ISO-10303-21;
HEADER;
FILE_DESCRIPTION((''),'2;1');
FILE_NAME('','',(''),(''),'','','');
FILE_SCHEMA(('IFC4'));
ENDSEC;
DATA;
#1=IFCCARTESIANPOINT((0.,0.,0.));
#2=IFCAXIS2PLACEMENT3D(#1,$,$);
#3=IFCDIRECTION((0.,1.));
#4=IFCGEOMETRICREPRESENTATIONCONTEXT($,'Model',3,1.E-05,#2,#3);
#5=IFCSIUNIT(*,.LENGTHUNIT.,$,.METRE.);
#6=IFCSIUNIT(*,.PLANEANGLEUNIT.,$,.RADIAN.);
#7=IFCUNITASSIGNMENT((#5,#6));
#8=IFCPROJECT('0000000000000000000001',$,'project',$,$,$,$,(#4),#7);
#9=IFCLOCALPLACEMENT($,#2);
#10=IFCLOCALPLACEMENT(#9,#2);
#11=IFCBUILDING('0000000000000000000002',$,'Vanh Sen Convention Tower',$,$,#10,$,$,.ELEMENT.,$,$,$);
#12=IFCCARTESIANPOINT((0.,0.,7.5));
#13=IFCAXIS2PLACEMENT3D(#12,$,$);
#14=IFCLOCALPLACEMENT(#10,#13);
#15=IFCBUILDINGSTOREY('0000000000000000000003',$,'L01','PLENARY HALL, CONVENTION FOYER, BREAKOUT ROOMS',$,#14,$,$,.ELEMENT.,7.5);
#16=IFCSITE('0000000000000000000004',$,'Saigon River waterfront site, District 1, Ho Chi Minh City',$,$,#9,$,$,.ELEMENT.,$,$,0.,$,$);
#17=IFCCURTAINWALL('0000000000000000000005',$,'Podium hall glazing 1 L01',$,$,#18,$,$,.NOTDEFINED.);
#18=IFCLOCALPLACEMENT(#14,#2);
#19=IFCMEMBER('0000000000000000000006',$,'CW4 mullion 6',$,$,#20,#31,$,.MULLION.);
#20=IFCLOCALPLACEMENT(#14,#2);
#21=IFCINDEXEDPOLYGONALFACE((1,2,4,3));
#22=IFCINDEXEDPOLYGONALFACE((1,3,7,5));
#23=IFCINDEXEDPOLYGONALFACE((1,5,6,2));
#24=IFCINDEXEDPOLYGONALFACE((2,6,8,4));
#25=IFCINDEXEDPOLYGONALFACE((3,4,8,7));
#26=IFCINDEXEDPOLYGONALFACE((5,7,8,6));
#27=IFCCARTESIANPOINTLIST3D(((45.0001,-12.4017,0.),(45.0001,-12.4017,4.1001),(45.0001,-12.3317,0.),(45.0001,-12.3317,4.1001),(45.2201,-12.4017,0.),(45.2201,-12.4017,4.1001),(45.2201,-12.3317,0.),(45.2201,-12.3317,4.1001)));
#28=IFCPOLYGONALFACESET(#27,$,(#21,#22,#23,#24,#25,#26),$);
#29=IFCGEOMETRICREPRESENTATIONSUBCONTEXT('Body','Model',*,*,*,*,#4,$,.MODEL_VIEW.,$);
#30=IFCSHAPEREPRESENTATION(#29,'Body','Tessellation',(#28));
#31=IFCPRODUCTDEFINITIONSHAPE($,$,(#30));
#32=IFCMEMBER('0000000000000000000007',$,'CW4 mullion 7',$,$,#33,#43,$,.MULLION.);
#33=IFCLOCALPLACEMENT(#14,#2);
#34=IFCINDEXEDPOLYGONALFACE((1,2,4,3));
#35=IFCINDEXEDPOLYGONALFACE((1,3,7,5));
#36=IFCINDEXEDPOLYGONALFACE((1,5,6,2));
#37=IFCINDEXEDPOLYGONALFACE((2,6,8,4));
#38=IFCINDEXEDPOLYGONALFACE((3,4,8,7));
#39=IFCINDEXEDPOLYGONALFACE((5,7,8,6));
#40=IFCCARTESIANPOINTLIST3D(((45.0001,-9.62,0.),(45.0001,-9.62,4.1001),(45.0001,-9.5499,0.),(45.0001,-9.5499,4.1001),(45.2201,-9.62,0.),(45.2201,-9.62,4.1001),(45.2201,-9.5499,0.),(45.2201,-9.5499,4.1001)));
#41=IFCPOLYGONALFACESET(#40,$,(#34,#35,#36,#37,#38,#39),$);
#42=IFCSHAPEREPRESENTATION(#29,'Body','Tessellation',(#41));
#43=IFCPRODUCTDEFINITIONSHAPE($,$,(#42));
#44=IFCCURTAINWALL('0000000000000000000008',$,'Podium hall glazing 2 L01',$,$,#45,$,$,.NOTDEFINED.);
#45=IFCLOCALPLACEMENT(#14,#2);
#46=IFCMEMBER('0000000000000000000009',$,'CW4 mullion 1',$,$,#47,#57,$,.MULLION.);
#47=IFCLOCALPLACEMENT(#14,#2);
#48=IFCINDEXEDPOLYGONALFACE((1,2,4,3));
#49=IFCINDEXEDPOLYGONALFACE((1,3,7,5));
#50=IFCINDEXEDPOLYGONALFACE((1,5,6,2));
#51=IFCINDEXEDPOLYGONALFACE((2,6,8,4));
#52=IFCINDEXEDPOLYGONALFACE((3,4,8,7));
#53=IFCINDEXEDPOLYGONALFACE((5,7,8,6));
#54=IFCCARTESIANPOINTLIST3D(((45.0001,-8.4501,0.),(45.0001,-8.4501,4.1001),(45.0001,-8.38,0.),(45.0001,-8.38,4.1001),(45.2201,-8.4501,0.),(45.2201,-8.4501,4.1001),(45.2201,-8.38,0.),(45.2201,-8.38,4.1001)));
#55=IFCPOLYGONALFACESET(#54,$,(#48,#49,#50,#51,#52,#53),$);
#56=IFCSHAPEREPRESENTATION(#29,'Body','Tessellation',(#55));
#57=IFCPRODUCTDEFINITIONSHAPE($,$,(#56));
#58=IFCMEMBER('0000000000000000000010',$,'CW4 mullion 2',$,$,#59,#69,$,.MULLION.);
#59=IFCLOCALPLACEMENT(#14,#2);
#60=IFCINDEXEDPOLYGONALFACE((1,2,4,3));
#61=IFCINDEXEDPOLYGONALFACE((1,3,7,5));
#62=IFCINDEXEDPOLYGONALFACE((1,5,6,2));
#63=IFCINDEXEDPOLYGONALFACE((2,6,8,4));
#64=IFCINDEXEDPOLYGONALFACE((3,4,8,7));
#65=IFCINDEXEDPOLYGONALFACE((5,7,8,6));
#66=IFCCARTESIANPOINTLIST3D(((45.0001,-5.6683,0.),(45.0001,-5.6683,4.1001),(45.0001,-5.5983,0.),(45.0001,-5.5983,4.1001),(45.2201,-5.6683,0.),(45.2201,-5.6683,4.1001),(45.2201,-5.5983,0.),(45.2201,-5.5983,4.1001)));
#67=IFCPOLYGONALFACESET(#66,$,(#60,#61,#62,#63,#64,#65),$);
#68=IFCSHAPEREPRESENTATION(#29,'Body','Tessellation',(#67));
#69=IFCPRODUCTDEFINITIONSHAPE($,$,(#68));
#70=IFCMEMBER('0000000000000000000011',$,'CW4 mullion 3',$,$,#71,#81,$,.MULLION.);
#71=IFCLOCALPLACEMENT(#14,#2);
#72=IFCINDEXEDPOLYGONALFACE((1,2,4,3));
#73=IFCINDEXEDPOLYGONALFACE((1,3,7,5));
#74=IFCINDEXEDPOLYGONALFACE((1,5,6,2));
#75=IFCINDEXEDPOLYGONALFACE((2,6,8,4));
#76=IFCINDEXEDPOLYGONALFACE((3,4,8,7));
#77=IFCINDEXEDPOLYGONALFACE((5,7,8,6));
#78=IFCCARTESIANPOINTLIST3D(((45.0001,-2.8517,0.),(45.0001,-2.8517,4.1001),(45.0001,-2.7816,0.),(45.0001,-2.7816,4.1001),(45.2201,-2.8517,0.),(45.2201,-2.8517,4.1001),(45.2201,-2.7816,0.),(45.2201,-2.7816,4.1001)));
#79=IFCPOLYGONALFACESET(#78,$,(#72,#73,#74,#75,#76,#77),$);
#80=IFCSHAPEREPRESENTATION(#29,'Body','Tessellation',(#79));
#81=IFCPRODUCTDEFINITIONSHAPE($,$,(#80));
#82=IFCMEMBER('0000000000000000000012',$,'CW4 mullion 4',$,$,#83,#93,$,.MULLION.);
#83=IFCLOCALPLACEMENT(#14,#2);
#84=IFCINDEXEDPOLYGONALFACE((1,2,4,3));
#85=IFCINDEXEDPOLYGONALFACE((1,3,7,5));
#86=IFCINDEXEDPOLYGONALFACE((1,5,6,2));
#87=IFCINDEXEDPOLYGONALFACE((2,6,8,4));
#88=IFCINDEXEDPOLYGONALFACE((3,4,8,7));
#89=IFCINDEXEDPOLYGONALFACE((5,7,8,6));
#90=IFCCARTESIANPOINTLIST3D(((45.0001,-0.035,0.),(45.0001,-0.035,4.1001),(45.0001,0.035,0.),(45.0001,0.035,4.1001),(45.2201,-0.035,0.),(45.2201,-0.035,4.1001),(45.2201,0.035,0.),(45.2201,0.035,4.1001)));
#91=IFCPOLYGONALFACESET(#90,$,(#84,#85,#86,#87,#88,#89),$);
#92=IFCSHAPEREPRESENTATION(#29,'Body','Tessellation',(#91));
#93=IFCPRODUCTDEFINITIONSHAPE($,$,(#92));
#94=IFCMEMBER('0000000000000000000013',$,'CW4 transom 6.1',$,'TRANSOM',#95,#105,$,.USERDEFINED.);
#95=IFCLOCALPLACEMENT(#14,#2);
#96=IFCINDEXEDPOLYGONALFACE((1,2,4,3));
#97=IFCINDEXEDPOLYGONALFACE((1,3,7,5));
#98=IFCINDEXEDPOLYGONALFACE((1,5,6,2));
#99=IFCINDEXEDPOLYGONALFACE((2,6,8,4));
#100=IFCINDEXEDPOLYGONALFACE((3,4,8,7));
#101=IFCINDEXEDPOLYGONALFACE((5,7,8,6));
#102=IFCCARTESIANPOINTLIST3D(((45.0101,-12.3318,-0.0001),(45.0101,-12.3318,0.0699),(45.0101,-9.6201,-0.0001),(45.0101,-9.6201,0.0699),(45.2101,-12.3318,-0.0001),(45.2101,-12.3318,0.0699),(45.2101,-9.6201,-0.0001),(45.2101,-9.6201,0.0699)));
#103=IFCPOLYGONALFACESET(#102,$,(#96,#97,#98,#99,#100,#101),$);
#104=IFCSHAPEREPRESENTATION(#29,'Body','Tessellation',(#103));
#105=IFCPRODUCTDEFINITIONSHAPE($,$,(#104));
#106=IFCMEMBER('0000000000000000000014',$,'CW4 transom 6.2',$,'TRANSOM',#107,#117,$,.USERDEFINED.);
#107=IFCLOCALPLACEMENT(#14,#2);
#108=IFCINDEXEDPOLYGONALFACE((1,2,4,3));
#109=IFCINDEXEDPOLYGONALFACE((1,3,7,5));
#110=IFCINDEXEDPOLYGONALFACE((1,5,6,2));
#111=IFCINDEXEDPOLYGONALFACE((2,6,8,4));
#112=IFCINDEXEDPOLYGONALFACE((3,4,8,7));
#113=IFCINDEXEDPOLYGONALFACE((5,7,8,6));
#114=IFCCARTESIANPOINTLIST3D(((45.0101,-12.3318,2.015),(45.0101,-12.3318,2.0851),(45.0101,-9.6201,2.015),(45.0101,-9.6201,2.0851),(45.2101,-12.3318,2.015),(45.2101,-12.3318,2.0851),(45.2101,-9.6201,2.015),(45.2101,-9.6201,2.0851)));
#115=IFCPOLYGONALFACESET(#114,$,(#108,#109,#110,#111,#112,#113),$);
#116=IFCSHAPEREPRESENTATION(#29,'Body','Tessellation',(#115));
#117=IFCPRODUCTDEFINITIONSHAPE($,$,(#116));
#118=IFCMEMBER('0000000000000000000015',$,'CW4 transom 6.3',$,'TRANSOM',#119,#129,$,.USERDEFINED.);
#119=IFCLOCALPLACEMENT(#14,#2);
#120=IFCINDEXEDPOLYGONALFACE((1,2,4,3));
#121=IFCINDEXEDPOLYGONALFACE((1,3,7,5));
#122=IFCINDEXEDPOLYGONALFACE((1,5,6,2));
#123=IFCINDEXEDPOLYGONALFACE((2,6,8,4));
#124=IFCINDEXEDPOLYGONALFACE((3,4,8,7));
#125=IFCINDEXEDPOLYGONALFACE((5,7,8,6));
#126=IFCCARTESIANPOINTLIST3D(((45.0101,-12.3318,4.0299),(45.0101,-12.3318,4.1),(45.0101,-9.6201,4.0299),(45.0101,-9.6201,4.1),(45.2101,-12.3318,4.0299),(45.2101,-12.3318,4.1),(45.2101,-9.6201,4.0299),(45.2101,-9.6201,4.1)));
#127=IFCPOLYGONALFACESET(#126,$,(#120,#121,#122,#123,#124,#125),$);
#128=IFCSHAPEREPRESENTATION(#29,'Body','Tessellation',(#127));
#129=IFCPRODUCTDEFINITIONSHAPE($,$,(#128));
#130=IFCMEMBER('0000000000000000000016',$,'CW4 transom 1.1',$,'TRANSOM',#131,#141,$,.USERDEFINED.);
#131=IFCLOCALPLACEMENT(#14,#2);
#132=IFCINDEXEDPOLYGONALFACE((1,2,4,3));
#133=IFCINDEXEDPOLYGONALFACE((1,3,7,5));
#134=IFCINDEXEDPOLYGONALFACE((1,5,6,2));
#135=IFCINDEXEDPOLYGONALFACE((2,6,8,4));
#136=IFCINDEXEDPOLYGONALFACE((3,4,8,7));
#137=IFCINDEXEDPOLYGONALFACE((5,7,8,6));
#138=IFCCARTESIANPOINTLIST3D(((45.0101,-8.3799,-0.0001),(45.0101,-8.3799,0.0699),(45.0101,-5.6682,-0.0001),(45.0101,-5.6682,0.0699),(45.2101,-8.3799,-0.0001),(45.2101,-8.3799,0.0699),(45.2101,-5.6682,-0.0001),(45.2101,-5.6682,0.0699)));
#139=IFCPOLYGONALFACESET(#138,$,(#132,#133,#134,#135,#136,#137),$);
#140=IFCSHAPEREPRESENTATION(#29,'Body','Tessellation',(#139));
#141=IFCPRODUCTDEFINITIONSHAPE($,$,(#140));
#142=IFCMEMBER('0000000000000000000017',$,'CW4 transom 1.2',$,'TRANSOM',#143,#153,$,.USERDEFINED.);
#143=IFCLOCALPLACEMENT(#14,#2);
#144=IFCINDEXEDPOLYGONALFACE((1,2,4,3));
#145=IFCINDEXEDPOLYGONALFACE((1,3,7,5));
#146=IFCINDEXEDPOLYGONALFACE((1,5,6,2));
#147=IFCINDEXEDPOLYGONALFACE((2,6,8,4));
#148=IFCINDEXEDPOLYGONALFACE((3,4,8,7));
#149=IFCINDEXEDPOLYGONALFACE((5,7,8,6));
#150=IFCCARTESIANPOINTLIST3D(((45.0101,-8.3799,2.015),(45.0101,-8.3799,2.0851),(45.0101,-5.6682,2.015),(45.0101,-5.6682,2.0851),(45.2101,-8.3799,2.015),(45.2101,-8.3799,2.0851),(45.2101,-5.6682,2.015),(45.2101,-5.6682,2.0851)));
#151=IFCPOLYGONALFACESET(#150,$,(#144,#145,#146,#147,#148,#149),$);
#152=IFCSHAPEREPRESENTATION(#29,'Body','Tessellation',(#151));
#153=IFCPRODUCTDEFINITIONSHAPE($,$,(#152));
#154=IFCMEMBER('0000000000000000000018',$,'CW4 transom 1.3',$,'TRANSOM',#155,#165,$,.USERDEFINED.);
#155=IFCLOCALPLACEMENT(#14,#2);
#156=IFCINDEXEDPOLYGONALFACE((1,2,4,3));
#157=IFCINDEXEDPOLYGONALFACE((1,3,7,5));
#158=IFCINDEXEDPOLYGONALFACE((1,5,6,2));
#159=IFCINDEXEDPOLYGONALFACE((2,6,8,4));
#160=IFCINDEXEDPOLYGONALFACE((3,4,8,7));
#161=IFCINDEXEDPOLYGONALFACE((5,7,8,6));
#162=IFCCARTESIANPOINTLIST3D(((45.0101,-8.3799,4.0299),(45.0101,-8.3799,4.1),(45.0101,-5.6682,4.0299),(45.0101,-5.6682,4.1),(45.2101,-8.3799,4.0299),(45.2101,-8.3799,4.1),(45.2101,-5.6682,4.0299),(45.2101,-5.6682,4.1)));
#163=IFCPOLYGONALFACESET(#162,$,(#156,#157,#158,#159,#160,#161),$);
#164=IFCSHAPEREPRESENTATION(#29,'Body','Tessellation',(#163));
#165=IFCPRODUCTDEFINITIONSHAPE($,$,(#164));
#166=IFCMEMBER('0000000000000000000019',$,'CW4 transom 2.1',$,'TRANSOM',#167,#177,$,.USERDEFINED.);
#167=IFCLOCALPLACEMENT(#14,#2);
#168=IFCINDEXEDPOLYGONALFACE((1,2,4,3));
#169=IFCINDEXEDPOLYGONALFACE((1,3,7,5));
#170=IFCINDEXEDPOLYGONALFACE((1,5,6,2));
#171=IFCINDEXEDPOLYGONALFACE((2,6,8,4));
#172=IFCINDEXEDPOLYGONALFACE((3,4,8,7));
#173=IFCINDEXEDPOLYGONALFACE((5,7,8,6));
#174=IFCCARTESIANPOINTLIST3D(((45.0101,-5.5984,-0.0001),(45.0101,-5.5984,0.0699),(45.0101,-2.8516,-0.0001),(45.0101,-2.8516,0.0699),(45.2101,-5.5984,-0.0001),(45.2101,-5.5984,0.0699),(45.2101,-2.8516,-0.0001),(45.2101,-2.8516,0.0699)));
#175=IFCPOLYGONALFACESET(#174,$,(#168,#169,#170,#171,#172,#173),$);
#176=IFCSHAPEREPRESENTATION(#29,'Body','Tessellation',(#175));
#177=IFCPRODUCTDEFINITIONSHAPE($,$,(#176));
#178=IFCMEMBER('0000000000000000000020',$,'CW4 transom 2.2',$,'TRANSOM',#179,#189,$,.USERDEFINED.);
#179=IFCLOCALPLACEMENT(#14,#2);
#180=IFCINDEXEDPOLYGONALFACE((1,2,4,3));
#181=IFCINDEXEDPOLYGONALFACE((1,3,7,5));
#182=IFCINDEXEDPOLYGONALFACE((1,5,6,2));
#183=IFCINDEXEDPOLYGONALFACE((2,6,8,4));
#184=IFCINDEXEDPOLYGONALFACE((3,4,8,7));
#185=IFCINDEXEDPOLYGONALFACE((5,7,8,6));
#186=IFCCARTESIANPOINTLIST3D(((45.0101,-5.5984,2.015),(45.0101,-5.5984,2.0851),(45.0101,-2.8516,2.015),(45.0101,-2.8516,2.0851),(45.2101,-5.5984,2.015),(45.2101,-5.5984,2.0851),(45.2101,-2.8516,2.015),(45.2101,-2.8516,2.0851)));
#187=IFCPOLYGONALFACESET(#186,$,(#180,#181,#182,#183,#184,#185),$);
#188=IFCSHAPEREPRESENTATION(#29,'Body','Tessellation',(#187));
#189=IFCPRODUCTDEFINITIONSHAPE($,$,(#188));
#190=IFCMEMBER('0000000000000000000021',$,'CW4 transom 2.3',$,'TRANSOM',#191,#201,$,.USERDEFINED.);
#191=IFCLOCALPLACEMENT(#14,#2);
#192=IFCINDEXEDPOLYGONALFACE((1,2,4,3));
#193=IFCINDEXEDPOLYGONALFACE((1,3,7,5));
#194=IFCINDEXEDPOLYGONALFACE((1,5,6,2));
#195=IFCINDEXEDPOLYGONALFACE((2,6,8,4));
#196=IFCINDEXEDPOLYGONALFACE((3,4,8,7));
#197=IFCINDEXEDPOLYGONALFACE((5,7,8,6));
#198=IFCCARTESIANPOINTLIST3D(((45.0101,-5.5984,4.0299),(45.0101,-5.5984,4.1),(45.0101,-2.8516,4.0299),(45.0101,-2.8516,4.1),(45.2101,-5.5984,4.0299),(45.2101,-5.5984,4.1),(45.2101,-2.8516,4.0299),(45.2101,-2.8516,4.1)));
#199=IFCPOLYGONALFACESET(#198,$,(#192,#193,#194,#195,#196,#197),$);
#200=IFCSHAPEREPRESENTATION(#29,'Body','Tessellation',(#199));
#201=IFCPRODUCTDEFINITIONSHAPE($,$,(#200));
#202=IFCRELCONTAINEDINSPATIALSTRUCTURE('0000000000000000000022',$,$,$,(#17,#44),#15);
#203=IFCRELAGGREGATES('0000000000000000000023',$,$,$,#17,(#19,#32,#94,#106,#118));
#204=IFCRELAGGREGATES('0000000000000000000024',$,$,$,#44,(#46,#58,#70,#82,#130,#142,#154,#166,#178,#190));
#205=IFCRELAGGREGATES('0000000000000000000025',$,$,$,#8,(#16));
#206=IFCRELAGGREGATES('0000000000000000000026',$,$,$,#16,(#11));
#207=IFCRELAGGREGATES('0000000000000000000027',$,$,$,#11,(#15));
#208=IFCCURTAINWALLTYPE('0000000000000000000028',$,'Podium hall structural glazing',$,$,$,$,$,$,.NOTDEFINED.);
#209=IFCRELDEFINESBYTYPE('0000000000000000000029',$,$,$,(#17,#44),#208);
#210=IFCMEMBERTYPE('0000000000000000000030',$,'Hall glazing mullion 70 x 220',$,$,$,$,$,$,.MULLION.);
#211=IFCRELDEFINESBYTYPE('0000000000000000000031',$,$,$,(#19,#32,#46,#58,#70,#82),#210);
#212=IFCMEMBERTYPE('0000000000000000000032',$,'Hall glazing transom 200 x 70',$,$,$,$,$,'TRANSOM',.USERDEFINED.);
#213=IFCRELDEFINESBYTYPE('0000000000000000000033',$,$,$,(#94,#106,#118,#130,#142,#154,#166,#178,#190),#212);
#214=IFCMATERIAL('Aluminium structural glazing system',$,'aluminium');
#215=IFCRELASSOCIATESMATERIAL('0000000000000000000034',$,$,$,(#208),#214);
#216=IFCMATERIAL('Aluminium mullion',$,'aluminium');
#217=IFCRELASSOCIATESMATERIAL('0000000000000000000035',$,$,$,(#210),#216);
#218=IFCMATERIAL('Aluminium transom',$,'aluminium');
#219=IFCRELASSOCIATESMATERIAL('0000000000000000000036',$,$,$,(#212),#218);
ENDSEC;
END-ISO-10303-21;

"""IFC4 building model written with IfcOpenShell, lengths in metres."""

from ifc_helpers import new_model, si_unit, direction, frame, origin, origin_2d, place, context, subcontext, project, spatial, rectangle, extrude, material, material_profile, profile_set, type_object, element, aggregate, save


model = new_model("IFC4")

# Units and contexts
model_context = context("Model", 3, precision=1e-05, world=origin(), true_north=direction((0.0, 1.0)))
body_context = subcontext(model_context, "Body", "Model", "MODEL_VIEW")
ifc_project = project(units=[si_unit("LENGTHUNIT", "METRE"), si_unit("PLANEANGLEUNIT", "RADIAN")], contexts=[model_context])

# Site, building, storey
site_placement = place(None, origin())
site = spatial("IfcSite", under=ifc_project, at=site_placement, Name="Saigon River waterfront site, District 1, Ho Chi Minh City", CompositionType="ELEMENT", RefElevation=0.0)
building_placement = place(site_placement, origin())
building = spatial("IfcBuilding", under=site, at=building_placement, Name="Vanh Sen Convention Tower", CompositionType="ELEMENT")
storey_placement = place(building_placement, frame((0.0, 0.0, 7.5)))
storey = spatial("IfcBuildingStorey", under=building, at=storey_placement, Name="L01", Description="PLENARY HALL, CONVENTION FOYER, BREAKOUT ROOMS", CompositionType="ELEMENT", Elevation=7.5)

# Curtain walls, members
ifc_material_1 = material(Name="Aluminium structural glazing system", Category="aluminium")
curtain_wall_type = type_object("IfcCurtainWallType", Name="Podium hall structural glazing", PredefinedType="NOTDEFINED", material=ifc_material_1)
curtain_wall_1_placement = place(storey_placement, origin())
curtain_wall_1 = element("IfcCurtainWall", 1, at=curtain_wall_1_placement, inside=storey, type_object=curtain_wall_type, Name="Podium hall glazing 1 L01", PredefinedType="NOTDEFINED")
ifc_material_2 = material(Name="Aluminium mullion", Category="aluminium")
ifc_material_profile_1 = material_profile(ifc_material_2, rectangle(XDim=0.22, YDim=0.0701, at=origin_2d()), Name="Hall glazing mullion 70 x 220")
ifc_profile_set_1 = profile_set([ifc_material_profile_1], Name="Aluminium mullion")
member_type_1 = type_object("IfcMemberType", Name="Hall glazing mullion 70 x 220", PredefinedType="MULLION", material=ifc_profile_set_1)
member_1_placement = place(storey_placement, frame((45.1101, -12.3667, 0.0), z_axis=(0.0, 0.0, 1.0), x_axis=(-1.0, 0.0, 0.0)))
member_1 = element("IfcMember", 2, at=member_1_placement, type_object=member_type_1, Name="CW4 mullion 6", PredefinedType="MULLION", context=body_context, shape_type="SweptSolid", body=[
    extrude(rectangle(XDim=0.22, YDim=0.0701, at=origin_2d()), origin(), (0.0, 0.0, 1.0), 4.1001),
])
member_2_placement = place(storey_placement, frame((45.1101, -9.585, 0.0), z_axis=(0.0, 0.0, 1.0), x_axis=(-1.0, 0.0, 0.0)))
member_2 = element("IfcMember", 3, at=member_2_placement, type_object=member_type_1, Name="CW4 mullion 7", PredefinedType="MULLION", context=body_context, shape_type="SweptSolid", body=[
    extrude(rectangle(XDim=0.22, YDim=0.0701, at=origin_2d()), origin(), (0.0, 0.0, 1.0), 4.1001),
])
curtain_wall_2_placement = place(storey_placement, origin())
curtain_wall_2 = element("IfcCurtainWall", 4, at=curtain_wall_2_placement, inside=storey, type_object=curtain_wall_type, Name="Podium hall glazing 2 L01", PredefinedType="NOTDEFINED")
member_3_placement = place(storey_placement, frame((45.1101, -8.415, 0.0), z_axis=(0.0, 0.0, 1.0), x_axis=(-1.0, 0.0, 0.0)))
member_3 = element("IfcMember", 5, at=member_3_placement, type_object=member_type_1, Name="CW4 mullion 1", PredefinedType="MULLION", context=body_context, shape_type="SweptSolid", body=[
    extrude(rectangle(XDim=0.22, YDim=0.0701, at=origin_2d()), origin(), (0.0, 0.0, 1.0), 4.1001),
])
member_4_placement = place(storey_placement, frame((45.1101, -5.6333, 0.0), z_axis=(0.0, 0.0, 1.0), x_axis=(-1.0, 0.0, 0.0)))
member_4 = element("IfcMember", 6, at=member_4_placement, type_object=member_type_1, Name="CW4 mullion 2", PredefinedType="MULLION", context=body_context, shape_type="SweptSolid", body=[
    extrude(rectangle(XDim=0.22, YDim=0.0701, at=origin_2d()), origin(), (0.0, 0.0, 1.0), 4.1001),
])
member_5_placement = place(storey_placement, frame((45.1101, -2.8167, 0.0), z_axis=(0.0, 0.0, 1.0), x_axis=(-1.0, 0.0, 0.0)))
member_5 = element("IfcMember", 7, at=member_5_placement, type_object=member_type_1, Name="CW4 mullion 3", PredefinedType="MULLION", context=body_context, shape_type="SweptSolid", body=[
    extrude(rectangle(XDim=0.22, YDim=0.0701, at=origin_2d()), origin(), (0.0, 0.0, 1.0), 4.1001),
])
member_6_placement = place(storey_placement, frame((45.1101, 0.0, 0.0), z_axis=(0.0, 0.0, 1.0), x_axis=(-1.0, 0.0, 0.0)))
member_6 = element("IfcMember", 8, at=member_6_placement, type_object=member_type_1, Name="CW4 mullion 4", PredefinedType="MULLION", context=body_context, shape_type="SweptSolid", body=[
    extrude(rectangle(XDim=0.22, YDim=0.0701, at=origin_2d()), origin(), (0.0, 0.0, 1.0), 4.1001),
])

# Members
ifc_material_3 = material(Name="Aluminium transom", Category="aluminium")
ifc_material_profile_2 = material_profile(ifc_material_3, rectangle(XDim=0.2, YDim=0.0701, at=origin_2d()), Name="Hall glazing transom 200 x 70")
ifc_profile_set_2 = profile_set([ifc_material_profile_2], Name="Aluminium transom")
member_type_2 = type_object("IfcMemberType", Name="Hall glazing transom 200 x 70", ElementType="TRANSOM", PredefinedType="USERDEFINED", material=ifc_profile_set_2)
member_7_placement = place(storey_placement, frame((45.1101, -12.3318, 0.0349), z_axis=(0.0, 1.0, 0.0), x_axis=(-1.0, 0.0, 0.0)))
member_7 = element("IfcMember", 9, at=member_7_placement, type_object=member_type_2, Name="CW4 transom 6.1", ObjectType="TRANSOM", PredefinedType="USERDEFINED", context=body_context, shape_type="SweptSolid", body=[
    extrude(rectangle(XDim=0.2, YDim=0.0701, at=origin_2d()), origin(), (0.0, 0.0, 1.0), 2.7117),
])
member_8_placement = place(storey_placement, frame((45.1101, -12.3318, 2.05), z_axis=(0.0, 1.0, 0.0), x_axis=(-1.0, 0.0, 0.0)))
member_8 = element("IfcMember", 10, at=member_8_placement, type_object=member_type_2, Name="CW4 transom 6.2", ObjectType="TRANSOM", PredefinedType="USERDEFINED", context=body_context, shape_type="SweptSolid", body=[
    extrude(rectangle(XDim=0.2, YDim=0.0701, at=origin_2d()), origin(), (0.0, 0.0, 1.0), 2.7117),
])
member_9_placement = place(storey_placement, frame((45.1101, -12.3318, 4.0649), z_axis=(0.0, 1.0, 0.0), x_axis=(-1.0, 0.0, 0.0)))
member_9 = element("IfcMember", 11, at=member_9_placement, type_object=member_type_2, Name="CW4 transom 6.3", ObjectType="TRANSOM", PredefinedType="USERDEFINED", context=body_context, shape_type="SweptSolid", body=[
    extrude(rectangle(XDim=0.2, YDim=0.0701, at=origin_2d()), origin(), (0.0, 0.0, 1.0), 2.7117),
])
member_10_placement = place(storey_placement, frame((45.1101, -8.3799, 0.0349), z_axis=(0.0, 1.0, 0.0), x_axis=(-1.0, 0.0, 0.0)))
member_10 = element("IfcMember", 12, at=member_10_placement, type_object=member_type_2, Name="CW4 transom 1.1", ObjectType="TRANSOM", PredefinedType="USERDEFINED", context=body_context, shape_type="SweptSolid", body=[
    extrude(rectangle(XDim=0.2, YDim=0.0701, at=origin_2d()), origin(), (0.0, 0.0, 1.0), 2.7117),
])
member_11_placement = place(storey_placement, frame((45.1101, -8.3799, 2.05), z_axis=(0.0, 1.0, 0.0), x_axis=(-1.0, 0.0, 0.0)))
member_11 = element("IfcMember", 13, at=member_11_placement, type_object=member_type_2, Name="CW4 transom 1.2", ObjectType="TRANSOM", PredefinedType="USERDEFINED", context=body_context, shape_type="SweptSolid", body=[
    extrude(rectangle(XDim=0.2, YDim=0.0701, at=origin_2d()), origin(), (0.0, 0.0, 1.0), 2.7117),
])
member_12_placement = place(storey_placement, frame((45.1101, -8.3799, 4.0649), z_axis=(0.0, 1.0, 0.0), x_axis=(-1.0, 0.0, 0.0)))
member_12 = element("IfcMember", 14, at=member_12_placement, type_object=member_type_2, Name="CW4 transom 1.3", ObjectType="TRANSOM", PredefinedType="USERDEFINED", context=body_context, shape_type="SweptSolid", body=[
    extrude(rectangle(XDim=0.2, YDim=0.0701, at=origin_2d()), origin(), (0.0, 0.0, 1.0), 2.7117),
])
member_13_placement = place(storey_placement, frame((45.1101, -5.5984, 0.0349), z_axis=(0.0, 1.0, 0.0), x_axis=(-1.0, 0.0, 0.0)))
member_13 = element("IfcMember", 15, at=member_13_placement, type_object=member_type_2, Name="CW4 transom 2.1", ObjectType="TRANSOM", PredefinedType="USERDEFINED", context=body_context, shape_type="SweptSolid", body=[
    extrude(rectangle(XDim=0.2, YDim=0.0701, at=origin_2d()), origin(), (0.0, 0.0, 1.0), 2.7468),
])
member_14_placement = place(storey_placement, frame((45.1101, -5.5984, 2.05), z_axis=(0.0, 1.0, 0.0), x_axis=(-1.0, 0.0, 0.0)))
member_14 = element("IfcMember", 16, at=member_14_placement, type_object=member_type_2, Name="CW4 transom 2.2", ObjectType="TRANSOM", PredefinedType="USERDEFINED", context=body_context, shape_type="SweptSolid", body=[
    extrude(rectangle(XDim=0.2, YDim=0.0701, at=origin_2d()), origin(), (0.0, 0.0, 1.0), 2.7468),
])
member_15_placement = place(storey_placement, frame((45.1101, -5.5984, 4.0649), z_axis=(0.0, 1.0, 0.0), x_axis=(-1.0, 0.0, 0.0)))
member_15 = element("IfcMember", 17, at=member_15_placement, type_object=member_type_2, Name="CW4 transom 2.3", ObjectType="TRANSOM", PredefinedType="USERDEFINED", context=body_context, shape_type="SweptSolid", body=[
    extrude(rectangle(XDim=0.2, YDim=0.0701, at=origin_2d()), origin(), (0.0, 0.0, 1.0), 2.7468),
])

aggregate(curtain_wall_1, [member_1, member_2, member_7, member_8, member_9])
aggregate(curtain_wall_2, [member_3, member_4, member_5, member_6, member_10, member_11, member_12, member_13, member_14, member_15])

save(model, "model.ifc")
